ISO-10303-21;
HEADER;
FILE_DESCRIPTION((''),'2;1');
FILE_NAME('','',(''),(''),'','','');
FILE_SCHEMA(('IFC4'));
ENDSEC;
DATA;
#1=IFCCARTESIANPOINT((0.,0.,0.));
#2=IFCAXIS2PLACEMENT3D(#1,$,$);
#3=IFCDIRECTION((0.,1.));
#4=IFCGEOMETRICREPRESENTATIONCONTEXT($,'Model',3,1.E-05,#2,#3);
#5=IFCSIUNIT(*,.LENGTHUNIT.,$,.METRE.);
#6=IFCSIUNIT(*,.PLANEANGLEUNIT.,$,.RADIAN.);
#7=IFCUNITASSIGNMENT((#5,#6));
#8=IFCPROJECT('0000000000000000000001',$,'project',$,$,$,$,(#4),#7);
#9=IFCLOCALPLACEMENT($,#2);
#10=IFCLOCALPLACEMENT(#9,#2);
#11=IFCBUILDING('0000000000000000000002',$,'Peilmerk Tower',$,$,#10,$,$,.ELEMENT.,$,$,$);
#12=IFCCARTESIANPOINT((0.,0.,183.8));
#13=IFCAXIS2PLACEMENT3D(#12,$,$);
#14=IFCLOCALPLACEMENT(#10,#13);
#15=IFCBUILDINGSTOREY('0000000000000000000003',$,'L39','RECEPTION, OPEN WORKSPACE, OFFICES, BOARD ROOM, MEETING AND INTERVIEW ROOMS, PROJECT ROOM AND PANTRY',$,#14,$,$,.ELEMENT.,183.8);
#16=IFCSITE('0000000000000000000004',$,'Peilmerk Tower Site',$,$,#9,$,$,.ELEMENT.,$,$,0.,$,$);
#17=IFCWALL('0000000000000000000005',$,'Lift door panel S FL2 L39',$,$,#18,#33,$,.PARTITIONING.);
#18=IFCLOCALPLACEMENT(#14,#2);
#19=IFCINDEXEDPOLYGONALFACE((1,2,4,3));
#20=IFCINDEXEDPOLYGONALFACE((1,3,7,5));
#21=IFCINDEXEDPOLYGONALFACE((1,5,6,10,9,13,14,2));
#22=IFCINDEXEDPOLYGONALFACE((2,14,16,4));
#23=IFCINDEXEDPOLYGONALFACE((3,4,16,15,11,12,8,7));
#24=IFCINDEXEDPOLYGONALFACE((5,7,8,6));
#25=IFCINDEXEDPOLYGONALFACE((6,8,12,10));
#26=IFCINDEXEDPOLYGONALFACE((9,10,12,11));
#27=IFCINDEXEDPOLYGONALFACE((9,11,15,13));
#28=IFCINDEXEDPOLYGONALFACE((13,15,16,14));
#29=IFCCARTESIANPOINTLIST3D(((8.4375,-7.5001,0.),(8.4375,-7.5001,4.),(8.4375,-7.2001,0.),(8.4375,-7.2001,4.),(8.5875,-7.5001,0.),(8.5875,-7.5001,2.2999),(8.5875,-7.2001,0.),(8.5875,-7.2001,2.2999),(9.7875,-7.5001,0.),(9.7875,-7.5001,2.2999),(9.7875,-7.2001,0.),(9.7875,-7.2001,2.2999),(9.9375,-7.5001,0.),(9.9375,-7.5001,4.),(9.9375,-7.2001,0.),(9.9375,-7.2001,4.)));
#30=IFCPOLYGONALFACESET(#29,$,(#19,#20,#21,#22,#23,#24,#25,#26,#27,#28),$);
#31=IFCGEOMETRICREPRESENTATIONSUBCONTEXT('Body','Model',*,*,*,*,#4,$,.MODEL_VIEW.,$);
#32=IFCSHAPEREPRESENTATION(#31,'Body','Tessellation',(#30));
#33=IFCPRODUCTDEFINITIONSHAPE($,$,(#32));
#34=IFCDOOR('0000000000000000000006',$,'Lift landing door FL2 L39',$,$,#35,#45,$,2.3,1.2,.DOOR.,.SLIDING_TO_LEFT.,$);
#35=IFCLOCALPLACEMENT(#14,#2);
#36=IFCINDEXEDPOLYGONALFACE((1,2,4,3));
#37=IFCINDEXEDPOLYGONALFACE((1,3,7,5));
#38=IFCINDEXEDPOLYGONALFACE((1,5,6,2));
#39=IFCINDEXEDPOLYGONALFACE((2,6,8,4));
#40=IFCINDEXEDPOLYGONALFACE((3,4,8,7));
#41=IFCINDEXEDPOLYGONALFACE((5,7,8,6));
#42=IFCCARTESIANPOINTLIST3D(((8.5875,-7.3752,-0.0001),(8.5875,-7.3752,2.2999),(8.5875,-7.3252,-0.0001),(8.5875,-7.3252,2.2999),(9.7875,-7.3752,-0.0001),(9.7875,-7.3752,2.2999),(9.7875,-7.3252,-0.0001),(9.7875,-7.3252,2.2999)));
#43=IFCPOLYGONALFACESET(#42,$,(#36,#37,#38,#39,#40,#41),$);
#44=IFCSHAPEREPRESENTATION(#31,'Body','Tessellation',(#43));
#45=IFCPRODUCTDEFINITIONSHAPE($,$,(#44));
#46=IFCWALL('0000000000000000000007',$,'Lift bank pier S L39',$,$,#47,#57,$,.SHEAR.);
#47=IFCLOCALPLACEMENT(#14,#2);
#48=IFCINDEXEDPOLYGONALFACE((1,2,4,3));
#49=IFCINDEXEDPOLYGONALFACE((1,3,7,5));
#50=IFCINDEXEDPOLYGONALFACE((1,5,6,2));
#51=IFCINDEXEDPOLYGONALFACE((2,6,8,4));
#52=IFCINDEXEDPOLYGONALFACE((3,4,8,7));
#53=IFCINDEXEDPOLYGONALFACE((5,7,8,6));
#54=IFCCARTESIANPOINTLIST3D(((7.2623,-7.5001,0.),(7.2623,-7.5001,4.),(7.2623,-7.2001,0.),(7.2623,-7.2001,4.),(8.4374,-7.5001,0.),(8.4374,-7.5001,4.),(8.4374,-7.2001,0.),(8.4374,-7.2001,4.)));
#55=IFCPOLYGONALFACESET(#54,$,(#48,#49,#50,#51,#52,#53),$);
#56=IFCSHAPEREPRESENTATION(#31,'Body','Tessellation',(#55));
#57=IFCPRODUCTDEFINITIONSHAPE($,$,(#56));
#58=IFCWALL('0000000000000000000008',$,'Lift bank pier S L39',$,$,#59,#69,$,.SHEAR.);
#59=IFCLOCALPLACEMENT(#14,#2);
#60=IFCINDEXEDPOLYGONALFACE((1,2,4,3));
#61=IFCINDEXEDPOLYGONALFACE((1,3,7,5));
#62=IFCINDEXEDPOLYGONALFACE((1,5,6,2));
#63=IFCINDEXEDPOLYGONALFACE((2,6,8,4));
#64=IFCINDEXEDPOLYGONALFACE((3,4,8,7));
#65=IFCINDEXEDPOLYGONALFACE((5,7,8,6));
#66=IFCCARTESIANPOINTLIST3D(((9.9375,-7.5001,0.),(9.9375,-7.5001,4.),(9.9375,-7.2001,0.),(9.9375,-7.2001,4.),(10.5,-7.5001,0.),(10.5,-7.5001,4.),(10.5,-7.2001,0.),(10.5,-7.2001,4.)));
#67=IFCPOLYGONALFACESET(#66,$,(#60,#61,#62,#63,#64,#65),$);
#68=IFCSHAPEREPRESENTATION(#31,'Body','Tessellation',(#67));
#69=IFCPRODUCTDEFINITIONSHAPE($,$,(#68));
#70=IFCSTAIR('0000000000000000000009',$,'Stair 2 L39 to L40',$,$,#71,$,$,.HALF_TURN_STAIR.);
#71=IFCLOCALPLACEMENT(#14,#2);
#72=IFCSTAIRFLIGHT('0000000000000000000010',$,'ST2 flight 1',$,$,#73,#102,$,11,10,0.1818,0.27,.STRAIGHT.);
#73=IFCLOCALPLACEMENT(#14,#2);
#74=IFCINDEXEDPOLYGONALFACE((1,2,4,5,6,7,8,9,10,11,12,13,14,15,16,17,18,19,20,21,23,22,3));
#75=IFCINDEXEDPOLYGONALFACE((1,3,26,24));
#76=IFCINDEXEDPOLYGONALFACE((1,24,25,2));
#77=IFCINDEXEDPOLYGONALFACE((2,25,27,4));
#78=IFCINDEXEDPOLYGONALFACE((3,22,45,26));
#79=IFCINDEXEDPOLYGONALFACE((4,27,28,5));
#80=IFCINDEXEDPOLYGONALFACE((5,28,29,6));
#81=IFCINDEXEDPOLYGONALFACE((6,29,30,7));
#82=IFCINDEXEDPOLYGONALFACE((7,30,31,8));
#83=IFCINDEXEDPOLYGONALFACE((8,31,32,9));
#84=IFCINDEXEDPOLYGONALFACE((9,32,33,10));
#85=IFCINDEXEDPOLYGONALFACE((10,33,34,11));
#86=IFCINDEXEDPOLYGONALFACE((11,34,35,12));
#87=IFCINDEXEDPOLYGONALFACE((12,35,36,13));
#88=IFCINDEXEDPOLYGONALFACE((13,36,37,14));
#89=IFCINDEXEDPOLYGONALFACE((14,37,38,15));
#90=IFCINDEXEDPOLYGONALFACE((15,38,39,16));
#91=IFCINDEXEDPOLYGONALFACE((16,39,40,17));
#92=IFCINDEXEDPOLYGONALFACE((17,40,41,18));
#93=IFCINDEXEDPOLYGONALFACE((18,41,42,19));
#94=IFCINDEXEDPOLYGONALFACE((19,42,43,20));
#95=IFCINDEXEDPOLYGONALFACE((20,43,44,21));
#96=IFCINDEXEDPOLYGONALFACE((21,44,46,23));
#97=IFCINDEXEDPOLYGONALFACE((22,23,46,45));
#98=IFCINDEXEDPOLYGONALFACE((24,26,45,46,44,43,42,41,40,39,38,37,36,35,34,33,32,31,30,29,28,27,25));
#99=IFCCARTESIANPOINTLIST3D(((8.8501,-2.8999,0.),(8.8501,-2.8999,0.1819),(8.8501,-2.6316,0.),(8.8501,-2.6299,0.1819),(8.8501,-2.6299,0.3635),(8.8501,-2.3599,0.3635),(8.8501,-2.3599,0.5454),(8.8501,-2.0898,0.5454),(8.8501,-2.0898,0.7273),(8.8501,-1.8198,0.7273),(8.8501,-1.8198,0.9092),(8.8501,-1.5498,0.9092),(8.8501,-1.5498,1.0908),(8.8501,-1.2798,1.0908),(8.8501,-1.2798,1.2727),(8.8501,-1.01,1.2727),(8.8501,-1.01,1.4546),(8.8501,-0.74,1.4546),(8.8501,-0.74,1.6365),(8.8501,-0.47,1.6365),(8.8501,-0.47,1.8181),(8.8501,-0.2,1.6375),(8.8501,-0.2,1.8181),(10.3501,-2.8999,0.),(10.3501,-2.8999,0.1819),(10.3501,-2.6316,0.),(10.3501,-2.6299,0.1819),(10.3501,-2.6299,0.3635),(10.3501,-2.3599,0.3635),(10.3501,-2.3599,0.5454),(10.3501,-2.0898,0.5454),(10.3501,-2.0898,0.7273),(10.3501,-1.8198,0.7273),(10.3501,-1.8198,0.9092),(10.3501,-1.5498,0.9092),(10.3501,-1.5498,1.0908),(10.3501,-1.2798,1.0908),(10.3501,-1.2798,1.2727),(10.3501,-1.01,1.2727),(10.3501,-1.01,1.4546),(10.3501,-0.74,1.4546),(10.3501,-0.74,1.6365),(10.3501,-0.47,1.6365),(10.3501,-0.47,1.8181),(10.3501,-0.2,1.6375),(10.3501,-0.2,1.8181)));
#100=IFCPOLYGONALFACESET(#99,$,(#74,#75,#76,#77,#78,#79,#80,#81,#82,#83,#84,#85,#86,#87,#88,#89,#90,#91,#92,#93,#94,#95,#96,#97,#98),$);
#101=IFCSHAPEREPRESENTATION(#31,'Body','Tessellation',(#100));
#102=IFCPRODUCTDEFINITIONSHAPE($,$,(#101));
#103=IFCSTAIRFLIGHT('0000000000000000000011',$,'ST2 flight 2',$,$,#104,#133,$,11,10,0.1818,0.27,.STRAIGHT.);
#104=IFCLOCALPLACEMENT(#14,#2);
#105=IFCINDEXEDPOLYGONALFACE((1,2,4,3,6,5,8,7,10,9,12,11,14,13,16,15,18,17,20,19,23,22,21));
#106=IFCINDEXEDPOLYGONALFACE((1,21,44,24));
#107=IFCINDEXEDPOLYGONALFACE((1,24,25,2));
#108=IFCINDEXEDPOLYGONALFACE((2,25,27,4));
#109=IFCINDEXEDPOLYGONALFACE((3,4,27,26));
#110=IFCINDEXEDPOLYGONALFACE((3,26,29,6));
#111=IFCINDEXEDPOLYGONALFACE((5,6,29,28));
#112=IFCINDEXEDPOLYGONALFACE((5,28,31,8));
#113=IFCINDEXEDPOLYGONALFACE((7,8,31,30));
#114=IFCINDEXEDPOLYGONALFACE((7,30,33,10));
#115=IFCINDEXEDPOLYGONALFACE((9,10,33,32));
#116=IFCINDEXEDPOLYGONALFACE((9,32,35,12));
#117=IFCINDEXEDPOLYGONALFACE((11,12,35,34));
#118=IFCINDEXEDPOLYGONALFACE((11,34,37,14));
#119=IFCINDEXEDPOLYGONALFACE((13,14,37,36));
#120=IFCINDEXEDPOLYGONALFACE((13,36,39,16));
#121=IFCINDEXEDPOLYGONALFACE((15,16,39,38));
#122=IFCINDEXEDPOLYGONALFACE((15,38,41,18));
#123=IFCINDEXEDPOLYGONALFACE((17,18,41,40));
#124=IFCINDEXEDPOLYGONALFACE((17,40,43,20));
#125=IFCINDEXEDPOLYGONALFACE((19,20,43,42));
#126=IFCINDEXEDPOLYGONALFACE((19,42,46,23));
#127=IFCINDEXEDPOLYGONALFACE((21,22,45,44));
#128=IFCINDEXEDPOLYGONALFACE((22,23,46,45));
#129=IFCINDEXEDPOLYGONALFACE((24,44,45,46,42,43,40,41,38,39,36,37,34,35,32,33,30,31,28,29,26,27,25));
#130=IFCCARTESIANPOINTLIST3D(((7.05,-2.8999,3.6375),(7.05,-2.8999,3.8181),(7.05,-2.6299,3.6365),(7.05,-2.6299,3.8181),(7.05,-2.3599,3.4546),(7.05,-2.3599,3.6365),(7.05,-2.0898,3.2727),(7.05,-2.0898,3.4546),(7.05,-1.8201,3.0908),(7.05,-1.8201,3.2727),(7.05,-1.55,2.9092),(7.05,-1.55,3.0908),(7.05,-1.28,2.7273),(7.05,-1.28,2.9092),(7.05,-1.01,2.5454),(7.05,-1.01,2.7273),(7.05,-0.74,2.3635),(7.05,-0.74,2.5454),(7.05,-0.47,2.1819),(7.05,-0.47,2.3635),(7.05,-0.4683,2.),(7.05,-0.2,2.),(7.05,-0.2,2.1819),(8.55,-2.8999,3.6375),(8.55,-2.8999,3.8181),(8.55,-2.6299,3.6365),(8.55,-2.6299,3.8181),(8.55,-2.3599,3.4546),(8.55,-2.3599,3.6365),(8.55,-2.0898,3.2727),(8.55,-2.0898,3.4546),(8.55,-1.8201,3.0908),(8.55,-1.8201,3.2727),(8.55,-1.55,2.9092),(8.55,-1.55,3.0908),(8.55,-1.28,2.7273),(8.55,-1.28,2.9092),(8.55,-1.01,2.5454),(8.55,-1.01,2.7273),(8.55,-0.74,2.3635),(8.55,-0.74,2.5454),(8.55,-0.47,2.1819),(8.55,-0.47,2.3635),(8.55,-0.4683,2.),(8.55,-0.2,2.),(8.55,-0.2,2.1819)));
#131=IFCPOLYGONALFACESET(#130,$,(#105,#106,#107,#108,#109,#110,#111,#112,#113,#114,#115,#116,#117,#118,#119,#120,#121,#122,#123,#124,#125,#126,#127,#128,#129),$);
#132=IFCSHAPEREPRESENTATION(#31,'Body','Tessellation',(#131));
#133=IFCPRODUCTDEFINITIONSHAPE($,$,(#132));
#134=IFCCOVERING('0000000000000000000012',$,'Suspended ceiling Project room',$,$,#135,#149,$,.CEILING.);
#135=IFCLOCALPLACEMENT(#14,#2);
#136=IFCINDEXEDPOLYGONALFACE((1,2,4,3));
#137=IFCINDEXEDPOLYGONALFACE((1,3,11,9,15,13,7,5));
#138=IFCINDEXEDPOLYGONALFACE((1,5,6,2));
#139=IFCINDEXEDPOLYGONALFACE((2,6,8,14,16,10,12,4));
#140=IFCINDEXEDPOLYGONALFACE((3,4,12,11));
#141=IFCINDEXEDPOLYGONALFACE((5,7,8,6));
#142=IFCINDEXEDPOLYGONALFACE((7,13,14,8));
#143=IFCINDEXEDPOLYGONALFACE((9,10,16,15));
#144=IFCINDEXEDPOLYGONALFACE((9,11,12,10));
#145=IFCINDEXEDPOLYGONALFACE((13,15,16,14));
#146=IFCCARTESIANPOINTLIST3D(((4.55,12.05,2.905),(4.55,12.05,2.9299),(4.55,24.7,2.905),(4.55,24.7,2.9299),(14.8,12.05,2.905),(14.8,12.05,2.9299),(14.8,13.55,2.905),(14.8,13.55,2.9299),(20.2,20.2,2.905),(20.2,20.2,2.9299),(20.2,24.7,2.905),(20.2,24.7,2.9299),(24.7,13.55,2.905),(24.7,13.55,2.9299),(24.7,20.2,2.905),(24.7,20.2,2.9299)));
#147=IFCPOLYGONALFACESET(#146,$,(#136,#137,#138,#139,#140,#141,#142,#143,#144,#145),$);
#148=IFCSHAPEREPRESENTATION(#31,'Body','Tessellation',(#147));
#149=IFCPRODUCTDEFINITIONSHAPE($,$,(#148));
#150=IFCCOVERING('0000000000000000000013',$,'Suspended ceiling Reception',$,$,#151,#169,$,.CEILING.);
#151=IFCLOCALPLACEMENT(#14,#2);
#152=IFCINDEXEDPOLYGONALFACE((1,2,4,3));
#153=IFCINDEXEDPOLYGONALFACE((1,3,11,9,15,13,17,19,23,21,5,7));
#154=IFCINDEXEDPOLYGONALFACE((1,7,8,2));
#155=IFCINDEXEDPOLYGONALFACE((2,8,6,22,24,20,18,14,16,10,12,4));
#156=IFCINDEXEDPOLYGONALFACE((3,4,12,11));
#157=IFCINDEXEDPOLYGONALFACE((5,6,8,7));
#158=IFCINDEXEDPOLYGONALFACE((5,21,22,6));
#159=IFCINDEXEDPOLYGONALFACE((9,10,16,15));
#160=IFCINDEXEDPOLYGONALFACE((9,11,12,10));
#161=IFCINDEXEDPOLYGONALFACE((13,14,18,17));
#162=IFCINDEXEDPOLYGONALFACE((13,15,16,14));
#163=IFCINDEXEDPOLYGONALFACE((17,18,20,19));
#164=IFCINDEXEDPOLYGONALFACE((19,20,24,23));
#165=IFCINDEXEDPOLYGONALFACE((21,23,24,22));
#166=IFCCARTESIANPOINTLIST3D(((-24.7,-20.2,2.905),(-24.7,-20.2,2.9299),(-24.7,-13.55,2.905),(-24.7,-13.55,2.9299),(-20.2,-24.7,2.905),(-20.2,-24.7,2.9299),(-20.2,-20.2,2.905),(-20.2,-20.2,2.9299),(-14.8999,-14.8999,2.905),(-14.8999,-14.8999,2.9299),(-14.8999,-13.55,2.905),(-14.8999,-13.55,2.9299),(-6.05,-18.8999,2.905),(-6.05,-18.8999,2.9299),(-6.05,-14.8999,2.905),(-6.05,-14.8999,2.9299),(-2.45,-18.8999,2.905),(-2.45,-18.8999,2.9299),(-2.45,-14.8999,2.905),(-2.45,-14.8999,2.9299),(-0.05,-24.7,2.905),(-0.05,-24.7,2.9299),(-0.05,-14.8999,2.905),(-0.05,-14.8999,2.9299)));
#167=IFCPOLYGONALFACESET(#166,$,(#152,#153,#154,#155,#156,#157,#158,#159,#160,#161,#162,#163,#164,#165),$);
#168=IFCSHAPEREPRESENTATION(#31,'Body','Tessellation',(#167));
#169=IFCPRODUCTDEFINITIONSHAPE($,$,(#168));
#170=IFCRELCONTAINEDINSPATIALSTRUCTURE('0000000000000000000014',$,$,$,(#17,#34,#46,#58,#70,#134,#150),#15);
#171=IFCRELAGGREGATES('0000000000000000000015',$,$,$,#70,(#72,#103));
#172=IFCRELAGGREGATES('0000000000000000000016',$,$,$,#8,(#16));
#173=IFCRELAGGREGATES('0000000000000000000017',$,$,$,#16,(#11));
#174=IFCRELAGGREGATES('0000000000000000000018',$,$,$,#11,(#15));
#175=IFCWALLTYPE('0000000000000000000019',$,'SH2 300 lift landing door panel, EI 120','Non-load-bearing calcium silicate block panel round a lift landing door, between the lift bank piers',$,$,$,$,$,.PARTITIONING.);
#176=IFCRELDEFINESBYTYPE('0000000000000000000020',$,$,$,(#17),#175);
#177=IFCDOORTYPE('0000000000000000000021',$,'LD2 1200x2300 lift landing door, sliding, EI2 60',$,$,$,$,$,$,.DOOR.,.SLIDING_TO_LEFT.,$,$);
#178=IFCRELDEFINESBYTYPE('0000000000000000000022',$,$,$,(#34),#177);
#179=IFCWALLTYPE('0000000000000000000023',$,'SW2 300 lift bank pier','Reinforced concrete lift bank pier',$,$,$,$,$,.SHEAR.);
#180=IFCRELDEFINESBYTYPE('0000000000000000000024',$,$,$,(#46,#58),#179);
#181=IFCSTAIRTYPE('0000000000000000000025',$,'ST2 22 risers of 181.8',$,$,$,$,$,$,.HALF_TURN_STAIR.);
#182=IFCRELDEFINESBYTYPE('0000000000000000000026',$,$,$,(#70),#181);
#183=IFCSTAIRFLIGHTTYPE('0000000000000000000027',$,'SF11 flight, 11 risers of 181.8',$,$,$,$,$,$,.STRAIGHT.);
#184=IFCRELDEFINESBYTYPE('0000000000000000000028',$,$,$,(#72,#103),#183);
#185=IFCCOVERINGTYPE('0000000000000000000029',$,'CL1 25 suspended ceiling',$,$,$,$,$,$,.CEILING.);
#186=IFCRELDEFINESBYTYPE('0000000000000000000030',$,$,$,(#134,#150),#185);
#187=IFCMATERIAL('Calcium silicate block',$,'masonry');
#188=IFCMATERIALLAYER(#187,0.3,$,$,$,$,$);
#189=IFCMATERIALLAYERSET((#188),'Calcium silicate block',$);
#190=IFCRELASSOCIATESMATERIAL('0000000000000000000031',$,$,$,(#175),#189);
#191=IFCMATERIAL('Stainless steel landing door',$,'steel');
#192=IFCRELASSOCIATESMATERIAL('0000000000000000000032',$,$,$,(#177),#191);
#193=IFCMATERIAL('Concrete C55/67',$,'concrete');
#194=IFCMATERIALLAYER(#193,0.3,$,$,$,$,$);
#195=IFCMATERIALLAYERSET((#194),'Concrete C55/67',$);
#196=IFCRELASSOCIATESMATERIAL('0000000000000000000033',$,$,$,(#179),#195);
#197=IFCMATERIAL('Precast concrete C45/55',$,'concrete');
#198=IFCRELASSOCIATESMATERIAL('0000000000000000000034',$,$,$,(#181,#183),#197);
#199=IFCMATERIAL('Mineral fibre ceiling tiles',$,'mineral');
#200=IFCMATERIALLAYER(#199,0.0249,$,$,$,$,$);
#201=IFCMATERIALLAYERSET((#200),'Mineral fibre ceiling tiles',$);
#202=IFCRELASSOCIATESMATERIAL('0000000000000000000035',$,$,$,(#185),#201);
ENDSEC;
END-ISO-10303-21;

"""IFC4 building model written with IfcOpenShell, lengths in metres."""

from ifc_helpers import new_model, si_unit, direction, frame, frame_2d, origin, place, context, subcontext, project, spatial, polyline, rectangle, outline, extrude, material, layer, layer_set, type_object, element, fill, aggregate, save


model = new_model("IFC4")

# Units and contexts
model_context = context("Model", 3, precision=1e-05, world=origin(), true_north=direction((0.0, 1.0)))
body_context = subcontext(model_context, "Body", "Model", "MODEL_VIEW")
ifc_project = project(units=[si_unit("LENGTHUNIT", "METRE"), si_unit("PLANEANGLEUNIT", "RADIAN")], contexts=[model_context])

# Site, building, storey
site_placement = place(None, origin())
site = spatial("IfcSite", under=ifc_project, at=site_placement, Name="Peilmerk Tower Site", CompositionType="ELEMENT", RefElevation=0.0)
building_placement = place(site_placement, origin())
building = spatial("IfcBuilding", under=site, at=building_placement, Name="Peilmerk Tower", CompositionType="ELEMENT")
storey_placement = place(building_placement, frame((0.0, 0.0, 183.8)))
storey = spatial("IfcBuildingStorey", under=building, at=storey_placement, Name="L39", Description="RECEPTION, OPEN WORKSPACE, OFFICES, BOARD ROOM, MEETING AND INTERVIEW ROOMS, PROJECT ROOM AND PANTRY", CompositionType="ELEMENT", Elevation=183.8)

# Wall, opening, door
ifc_material_1 = material(Name="Calcium silicate block", Category="masonry")
ifc_layer_1 = layer(ifc_material_1, 0.3)
ifc_layer_set_1 = layer_set([ifc_layer_1], Name="Calcium silicate block")
wall_type_1 = type_object("IfcWallType", Name="SH2 300 lift landing door panel, EI 120", Description="Non-load-bearing calcium silicate block panel round a lift landing door, between the lift bank piers", PredefinedType="PARTITIONING", material=ifc_layer_set_1)
ifc_material_2 = material(Name="Stainless steel landing door", Category="steel")
wall_1_placement = place(storey_placement, frame((8.4375, -7.3501, 0.0), z_axis=(0.0, 0.0, 1.0), x_axis=(1.0, 0.0, 0.0)))
wall_1 = element("IfcWall", 1, at=wall_1_placement, inside=storey, type_object=wall_type_1, Name="Lift door panel S FL2 L39", PredefinedType="PARTITIONING", context=body_context, shape_type="SweptSolid", body=[
    extrude(rectangle(XDim=1.5, YDim=0.3, at=frame_2d((0.75, 0.0))), origin(), (0.0, 0.0, 1.0), 4.0),
])
opening_1_placement = place(wall_1_placement, frame((0.1499, 0.0, 0.0)))
opening_1 = element("IfcOpeningElement", 2, at=opening_1_placement, cuts=wall_1, PredefinedType="OPENING", context=body_context, shape_type="SweptSolid", body=[
    extrude(rectangle(XDim=1.2, YDim=2.3, at=frame_2d((0.6001, 1.1499))), frame((0.0, 0.1599, 0.0), z_axis=(0.0, -1.0, 0.0), x_axis=(1.0, 0.0, 0.0)), (0.0, 0.0, 1.0), 0.3201),
])
door_type_1 = type_object("IfcDoorType", Name="LD2 1200x2300 lift landing door, sliding, EI2 60", OperationType="SLIDING_TO_LEFT", PredefinedType="DOOR", material=ifc_material_2)
door_1_placement = place(opening_1_placement, origin())
door_1 = element("IfcDoor", 3, at=door_1_placement, inside=storey, type_object=door_type_1, Name="Lift landing door FL2 L39", OperationType="SLIDING_TO_LEFT", OverallHeight=2.3, OverallWidth=1.2, PredefinedType="DOOR", context=body_context, shape_type="SweptSolid", body=[
    extrude(rectangle(XDim=1.2, YDim=2.3, at=frame_2d((0.6001, 1.1499))), frame((0.0, 0.0249, 0.0), z_axis=(0.0, -1.0, 0.0), x_axis=(1.0, 0.0, 0.0)), (0.0, 0.0, 1.0), 0.05),
])
fill(opening_1, door_1)

# Walls
ifc_material_3 = material(Name="Concrete C55/67", Category="concrete")
ifc_layer_2 = layer(ifc_material_3, 0.3)
ifc_layer_set_2 = layer_set([ifc_layer_2], Name="Concrete C55/67")
wall_type_2 = type_object("IfcWallType", Name="SW2 300 lift bank pier", Description="Reinforced concrete lift bank pier", PredefinedType="SHEAR", material=ifc_layer_set_2)
wall_2_placement = place(storey_placement, frame((7.2625, -7.3501, 0.0), z_axis=(0.0, 0.0, 1.0), x_axis=(1.0, 0.0, 0.0)))
element("IfcWall", 4, at=wall_2_placement, inside=storey, type_object=wall_type_2, Name="Lift bank pier S L39", PredefinedType="SHEAR", context=body_context, shape_type="SweptSolid", body=[
    extrude(rectangle(XDim=1.175, YDim=0.3, at=frame_2d((0.5874, 0.0))), origin(), (0.0, 0.0, 1.0), 4.0),
])
wall_3_placement = place(storey_placement, frame((9.9375, -7.3501, 0.0), z_axis=(0.0, 0.0, 1.0), x_axis=(1.0, 0.0, 0.0)))
element("IfcWall", 5, at=wall_3_placement, inside=storey, type_object=wall_type_2, Name="Lift bank pier S L39", PredefinedType="SHEAR", context=body_context, shape_type="SweptSolid", body=[
    extrude(rectangle(XDim=0.5625, YDim=0.3, at=frame_2d((0.2812, 0.0))), origin(), (0.0, 0.0, 1.0), 4.0),
])

# Stair, stair flights
ifc_material_4 = material(Name="Precast concrete C45/55", Category="concrete")
stair_type = type_object("IfcStairType", Name="ST2 22 risers of 181.8", PredefinedType="HALF_TURN_STAIR", material=ifc_material_4)
stair_placement = place(storey_placement, origin())
stair = element("IfcStair", 6, at=stair_placement, inside=storey, type_object=stair_type, Name="Stair 2 L39 to L40", PredefinedType="HALF_TURN_STAIR")
stair_flight_type = type_object("IfcStairFlightType", Name="SF11 flight, 11 risers of 181.8", PredefinedType="STRAIGHT", material=ifc_material_4)
stair_flight_1_placement = place(storey_placement, frame((9.6001, -2.8999, 0.0), z_axis=(0.0, 0.0, 1.0), x_axis=(0.0, 1.0, 0.0)))
stair_flight_1 = element("IfcStairFlight", 7, at=stair_flight_1_placement, type_object=stair_flight_type, Name="ST2 flight 1", NumberOfRisers=11, NumberOfTreads=10, PredefinedType="STRAIGHT", RiserHeight=0.1818, TreadLength=0.27, context=body_context, shape_type="SweptSolid", body=[
    extrude(outline(polyline([(0.0, 0.0), (0.0, 0.1819), (0.27, 0.1819), (0.27, 0.3635), (0.54, 0.3635), (0.54, 0.5454), (0.8101, 0.5454), (0.8101, 0.7273), (1.0801, 0.7273), (1.0801, 0.9092), (1.3501, 0.9092), (1.3501, 1.0908), (1.6201, 1.0908), (1.6201, 1.2727), (1.8899, 1.2727), (1.8899, 1.4546), (2.1599, 1.4546), (2.1599, 1.6365), (2.4299, 1.6365), (2.4299, 1.8181), (2.7, 1.8181), (2.7, 2.0), (2.7, 1.6375), (0.2683, 0.0), (0.0, 0.0)])), frame((0.0, 0.75, 0.0), z_axis=(0.0, -1.0, 0.0), x_axis=(1.0, 0.0, 0.0)), (0.0, 0.0, 1.0), 1.5),
])
stair_flight_2_placement = place(storey_placement, frame((7.8, -0.2, 2.0), z_axis=(0.0, 0.0, 1.0), x_axis=(0.0, -1.0, 0.0)))
stair_flight_2 = element("IfcStairFlight", 8, at=stair_flight_2_placement, type_object=stair_flight_type, Name="ST2 flight 2", NumberOfRisers=11, NumberOfTreads=10, PredefinedType="STRAIGHT", RiserHeight=0.1818, TreadLength=0.27, context=body_context, shape_type="SweptSolid", body=[
    extrude(outline(polyline([(0.0, 0.0), (0.0, 0.1819), (0.27, 0.1819), (0.27, 0.3635), (0.54, 0.3635), (0.54, 0.5454), (0.8101, 0.5454), (0.8101, 0.7273), (1.0801, 0.7273), (1.0801, 0.9092), (1.3501, 0.9092), (1.3501, 1.0908), (1.6201, 1.0908), (1.6201, 1.2727), (1.8899, 1.2727), (1.8899, 1.4546), (2.1599, 1.4546), (2.1599, 1.6365), (2.4299, 1.6365), (2.4299, 1.8181), (2.7, 1.8181), (2.7, 2.0), (2.7, 1.6375), (0.2683, 0.0), (0.0, 0.0)])), frame((0.0, 0.75, 0.0), z_axis=(0.0, -1.0, 0.0), x_axis=(1.0, 0.0, 0.0)), (0.0, 0.0, 1.0), 1.5),
])
aggregate(stair, [stair_flight_1, stair_flight_2])

# Coverings
ifc_material_5 = material(Name="Mineral fibre ceiling tiles", Category="mineral")
ifc_layer_3 = layer(ifc_material_5, 0.0249)
ifc_layer_set_3 = layer_set([ifc_layer_3], Name="Mineral fibre ceiling tiles")
covering_type = type_object("IfcCoveringType", Name="CL1 25 suspended ceiling", PredefinedType="CEILING", material=ifc_layer_set_3)
covering_1_placement = place(storey_placement, frame((0.0, 0.0, 2.905)))
element("IfcCovering", 9, at=covering_1_placement, inside=storey, type_object=covering_type, Name="Suspended ceiling Project room", PredefinedType="CEILING", context=body_context, shape_type="SweptSolid", body=[
    extrude(outline(polyline([(20.2, 24.7), (4.55, 24.7), (4.55, 12.05), (14.8, 12.05), (14.8, 13.55), (24.7, 13.55), (24.7, 20.2), (20.2, 20.2), (20.2, 24.7)])), origin(), (0.0, 0.0, 1.0), 0.0249),
])
covering_2_placement = place(storey_placement, frame((0.0, 0.0, 2.905)))
element("IfcCovering", 10, at=covering_2_placement, inside=storey, type_object=covering_type, Name="Suspended ceiling Reception", PredefinedType="CEILING", context=body_context, shape_type="SweptSolid", body=[
    extrude(outline(polyline([(-20.2, -20.2), (-20.2, -24.7), (-0.05, -24.7), (-0.05, -14.8999), (-2.45, -14.8999), (-2.45, -18.8999), (-6.05, -18.8999), (-6.05, -14.8999), (-14.8999, -14.8999), (-14.8999, -13.55), (-24.7, -13.55), (-24.7, -20.2), (-20.2, -20.2)])), origin(), (0.0, 0.0, 1.0), 0.0249),
])

save(model, "model.ifc")
